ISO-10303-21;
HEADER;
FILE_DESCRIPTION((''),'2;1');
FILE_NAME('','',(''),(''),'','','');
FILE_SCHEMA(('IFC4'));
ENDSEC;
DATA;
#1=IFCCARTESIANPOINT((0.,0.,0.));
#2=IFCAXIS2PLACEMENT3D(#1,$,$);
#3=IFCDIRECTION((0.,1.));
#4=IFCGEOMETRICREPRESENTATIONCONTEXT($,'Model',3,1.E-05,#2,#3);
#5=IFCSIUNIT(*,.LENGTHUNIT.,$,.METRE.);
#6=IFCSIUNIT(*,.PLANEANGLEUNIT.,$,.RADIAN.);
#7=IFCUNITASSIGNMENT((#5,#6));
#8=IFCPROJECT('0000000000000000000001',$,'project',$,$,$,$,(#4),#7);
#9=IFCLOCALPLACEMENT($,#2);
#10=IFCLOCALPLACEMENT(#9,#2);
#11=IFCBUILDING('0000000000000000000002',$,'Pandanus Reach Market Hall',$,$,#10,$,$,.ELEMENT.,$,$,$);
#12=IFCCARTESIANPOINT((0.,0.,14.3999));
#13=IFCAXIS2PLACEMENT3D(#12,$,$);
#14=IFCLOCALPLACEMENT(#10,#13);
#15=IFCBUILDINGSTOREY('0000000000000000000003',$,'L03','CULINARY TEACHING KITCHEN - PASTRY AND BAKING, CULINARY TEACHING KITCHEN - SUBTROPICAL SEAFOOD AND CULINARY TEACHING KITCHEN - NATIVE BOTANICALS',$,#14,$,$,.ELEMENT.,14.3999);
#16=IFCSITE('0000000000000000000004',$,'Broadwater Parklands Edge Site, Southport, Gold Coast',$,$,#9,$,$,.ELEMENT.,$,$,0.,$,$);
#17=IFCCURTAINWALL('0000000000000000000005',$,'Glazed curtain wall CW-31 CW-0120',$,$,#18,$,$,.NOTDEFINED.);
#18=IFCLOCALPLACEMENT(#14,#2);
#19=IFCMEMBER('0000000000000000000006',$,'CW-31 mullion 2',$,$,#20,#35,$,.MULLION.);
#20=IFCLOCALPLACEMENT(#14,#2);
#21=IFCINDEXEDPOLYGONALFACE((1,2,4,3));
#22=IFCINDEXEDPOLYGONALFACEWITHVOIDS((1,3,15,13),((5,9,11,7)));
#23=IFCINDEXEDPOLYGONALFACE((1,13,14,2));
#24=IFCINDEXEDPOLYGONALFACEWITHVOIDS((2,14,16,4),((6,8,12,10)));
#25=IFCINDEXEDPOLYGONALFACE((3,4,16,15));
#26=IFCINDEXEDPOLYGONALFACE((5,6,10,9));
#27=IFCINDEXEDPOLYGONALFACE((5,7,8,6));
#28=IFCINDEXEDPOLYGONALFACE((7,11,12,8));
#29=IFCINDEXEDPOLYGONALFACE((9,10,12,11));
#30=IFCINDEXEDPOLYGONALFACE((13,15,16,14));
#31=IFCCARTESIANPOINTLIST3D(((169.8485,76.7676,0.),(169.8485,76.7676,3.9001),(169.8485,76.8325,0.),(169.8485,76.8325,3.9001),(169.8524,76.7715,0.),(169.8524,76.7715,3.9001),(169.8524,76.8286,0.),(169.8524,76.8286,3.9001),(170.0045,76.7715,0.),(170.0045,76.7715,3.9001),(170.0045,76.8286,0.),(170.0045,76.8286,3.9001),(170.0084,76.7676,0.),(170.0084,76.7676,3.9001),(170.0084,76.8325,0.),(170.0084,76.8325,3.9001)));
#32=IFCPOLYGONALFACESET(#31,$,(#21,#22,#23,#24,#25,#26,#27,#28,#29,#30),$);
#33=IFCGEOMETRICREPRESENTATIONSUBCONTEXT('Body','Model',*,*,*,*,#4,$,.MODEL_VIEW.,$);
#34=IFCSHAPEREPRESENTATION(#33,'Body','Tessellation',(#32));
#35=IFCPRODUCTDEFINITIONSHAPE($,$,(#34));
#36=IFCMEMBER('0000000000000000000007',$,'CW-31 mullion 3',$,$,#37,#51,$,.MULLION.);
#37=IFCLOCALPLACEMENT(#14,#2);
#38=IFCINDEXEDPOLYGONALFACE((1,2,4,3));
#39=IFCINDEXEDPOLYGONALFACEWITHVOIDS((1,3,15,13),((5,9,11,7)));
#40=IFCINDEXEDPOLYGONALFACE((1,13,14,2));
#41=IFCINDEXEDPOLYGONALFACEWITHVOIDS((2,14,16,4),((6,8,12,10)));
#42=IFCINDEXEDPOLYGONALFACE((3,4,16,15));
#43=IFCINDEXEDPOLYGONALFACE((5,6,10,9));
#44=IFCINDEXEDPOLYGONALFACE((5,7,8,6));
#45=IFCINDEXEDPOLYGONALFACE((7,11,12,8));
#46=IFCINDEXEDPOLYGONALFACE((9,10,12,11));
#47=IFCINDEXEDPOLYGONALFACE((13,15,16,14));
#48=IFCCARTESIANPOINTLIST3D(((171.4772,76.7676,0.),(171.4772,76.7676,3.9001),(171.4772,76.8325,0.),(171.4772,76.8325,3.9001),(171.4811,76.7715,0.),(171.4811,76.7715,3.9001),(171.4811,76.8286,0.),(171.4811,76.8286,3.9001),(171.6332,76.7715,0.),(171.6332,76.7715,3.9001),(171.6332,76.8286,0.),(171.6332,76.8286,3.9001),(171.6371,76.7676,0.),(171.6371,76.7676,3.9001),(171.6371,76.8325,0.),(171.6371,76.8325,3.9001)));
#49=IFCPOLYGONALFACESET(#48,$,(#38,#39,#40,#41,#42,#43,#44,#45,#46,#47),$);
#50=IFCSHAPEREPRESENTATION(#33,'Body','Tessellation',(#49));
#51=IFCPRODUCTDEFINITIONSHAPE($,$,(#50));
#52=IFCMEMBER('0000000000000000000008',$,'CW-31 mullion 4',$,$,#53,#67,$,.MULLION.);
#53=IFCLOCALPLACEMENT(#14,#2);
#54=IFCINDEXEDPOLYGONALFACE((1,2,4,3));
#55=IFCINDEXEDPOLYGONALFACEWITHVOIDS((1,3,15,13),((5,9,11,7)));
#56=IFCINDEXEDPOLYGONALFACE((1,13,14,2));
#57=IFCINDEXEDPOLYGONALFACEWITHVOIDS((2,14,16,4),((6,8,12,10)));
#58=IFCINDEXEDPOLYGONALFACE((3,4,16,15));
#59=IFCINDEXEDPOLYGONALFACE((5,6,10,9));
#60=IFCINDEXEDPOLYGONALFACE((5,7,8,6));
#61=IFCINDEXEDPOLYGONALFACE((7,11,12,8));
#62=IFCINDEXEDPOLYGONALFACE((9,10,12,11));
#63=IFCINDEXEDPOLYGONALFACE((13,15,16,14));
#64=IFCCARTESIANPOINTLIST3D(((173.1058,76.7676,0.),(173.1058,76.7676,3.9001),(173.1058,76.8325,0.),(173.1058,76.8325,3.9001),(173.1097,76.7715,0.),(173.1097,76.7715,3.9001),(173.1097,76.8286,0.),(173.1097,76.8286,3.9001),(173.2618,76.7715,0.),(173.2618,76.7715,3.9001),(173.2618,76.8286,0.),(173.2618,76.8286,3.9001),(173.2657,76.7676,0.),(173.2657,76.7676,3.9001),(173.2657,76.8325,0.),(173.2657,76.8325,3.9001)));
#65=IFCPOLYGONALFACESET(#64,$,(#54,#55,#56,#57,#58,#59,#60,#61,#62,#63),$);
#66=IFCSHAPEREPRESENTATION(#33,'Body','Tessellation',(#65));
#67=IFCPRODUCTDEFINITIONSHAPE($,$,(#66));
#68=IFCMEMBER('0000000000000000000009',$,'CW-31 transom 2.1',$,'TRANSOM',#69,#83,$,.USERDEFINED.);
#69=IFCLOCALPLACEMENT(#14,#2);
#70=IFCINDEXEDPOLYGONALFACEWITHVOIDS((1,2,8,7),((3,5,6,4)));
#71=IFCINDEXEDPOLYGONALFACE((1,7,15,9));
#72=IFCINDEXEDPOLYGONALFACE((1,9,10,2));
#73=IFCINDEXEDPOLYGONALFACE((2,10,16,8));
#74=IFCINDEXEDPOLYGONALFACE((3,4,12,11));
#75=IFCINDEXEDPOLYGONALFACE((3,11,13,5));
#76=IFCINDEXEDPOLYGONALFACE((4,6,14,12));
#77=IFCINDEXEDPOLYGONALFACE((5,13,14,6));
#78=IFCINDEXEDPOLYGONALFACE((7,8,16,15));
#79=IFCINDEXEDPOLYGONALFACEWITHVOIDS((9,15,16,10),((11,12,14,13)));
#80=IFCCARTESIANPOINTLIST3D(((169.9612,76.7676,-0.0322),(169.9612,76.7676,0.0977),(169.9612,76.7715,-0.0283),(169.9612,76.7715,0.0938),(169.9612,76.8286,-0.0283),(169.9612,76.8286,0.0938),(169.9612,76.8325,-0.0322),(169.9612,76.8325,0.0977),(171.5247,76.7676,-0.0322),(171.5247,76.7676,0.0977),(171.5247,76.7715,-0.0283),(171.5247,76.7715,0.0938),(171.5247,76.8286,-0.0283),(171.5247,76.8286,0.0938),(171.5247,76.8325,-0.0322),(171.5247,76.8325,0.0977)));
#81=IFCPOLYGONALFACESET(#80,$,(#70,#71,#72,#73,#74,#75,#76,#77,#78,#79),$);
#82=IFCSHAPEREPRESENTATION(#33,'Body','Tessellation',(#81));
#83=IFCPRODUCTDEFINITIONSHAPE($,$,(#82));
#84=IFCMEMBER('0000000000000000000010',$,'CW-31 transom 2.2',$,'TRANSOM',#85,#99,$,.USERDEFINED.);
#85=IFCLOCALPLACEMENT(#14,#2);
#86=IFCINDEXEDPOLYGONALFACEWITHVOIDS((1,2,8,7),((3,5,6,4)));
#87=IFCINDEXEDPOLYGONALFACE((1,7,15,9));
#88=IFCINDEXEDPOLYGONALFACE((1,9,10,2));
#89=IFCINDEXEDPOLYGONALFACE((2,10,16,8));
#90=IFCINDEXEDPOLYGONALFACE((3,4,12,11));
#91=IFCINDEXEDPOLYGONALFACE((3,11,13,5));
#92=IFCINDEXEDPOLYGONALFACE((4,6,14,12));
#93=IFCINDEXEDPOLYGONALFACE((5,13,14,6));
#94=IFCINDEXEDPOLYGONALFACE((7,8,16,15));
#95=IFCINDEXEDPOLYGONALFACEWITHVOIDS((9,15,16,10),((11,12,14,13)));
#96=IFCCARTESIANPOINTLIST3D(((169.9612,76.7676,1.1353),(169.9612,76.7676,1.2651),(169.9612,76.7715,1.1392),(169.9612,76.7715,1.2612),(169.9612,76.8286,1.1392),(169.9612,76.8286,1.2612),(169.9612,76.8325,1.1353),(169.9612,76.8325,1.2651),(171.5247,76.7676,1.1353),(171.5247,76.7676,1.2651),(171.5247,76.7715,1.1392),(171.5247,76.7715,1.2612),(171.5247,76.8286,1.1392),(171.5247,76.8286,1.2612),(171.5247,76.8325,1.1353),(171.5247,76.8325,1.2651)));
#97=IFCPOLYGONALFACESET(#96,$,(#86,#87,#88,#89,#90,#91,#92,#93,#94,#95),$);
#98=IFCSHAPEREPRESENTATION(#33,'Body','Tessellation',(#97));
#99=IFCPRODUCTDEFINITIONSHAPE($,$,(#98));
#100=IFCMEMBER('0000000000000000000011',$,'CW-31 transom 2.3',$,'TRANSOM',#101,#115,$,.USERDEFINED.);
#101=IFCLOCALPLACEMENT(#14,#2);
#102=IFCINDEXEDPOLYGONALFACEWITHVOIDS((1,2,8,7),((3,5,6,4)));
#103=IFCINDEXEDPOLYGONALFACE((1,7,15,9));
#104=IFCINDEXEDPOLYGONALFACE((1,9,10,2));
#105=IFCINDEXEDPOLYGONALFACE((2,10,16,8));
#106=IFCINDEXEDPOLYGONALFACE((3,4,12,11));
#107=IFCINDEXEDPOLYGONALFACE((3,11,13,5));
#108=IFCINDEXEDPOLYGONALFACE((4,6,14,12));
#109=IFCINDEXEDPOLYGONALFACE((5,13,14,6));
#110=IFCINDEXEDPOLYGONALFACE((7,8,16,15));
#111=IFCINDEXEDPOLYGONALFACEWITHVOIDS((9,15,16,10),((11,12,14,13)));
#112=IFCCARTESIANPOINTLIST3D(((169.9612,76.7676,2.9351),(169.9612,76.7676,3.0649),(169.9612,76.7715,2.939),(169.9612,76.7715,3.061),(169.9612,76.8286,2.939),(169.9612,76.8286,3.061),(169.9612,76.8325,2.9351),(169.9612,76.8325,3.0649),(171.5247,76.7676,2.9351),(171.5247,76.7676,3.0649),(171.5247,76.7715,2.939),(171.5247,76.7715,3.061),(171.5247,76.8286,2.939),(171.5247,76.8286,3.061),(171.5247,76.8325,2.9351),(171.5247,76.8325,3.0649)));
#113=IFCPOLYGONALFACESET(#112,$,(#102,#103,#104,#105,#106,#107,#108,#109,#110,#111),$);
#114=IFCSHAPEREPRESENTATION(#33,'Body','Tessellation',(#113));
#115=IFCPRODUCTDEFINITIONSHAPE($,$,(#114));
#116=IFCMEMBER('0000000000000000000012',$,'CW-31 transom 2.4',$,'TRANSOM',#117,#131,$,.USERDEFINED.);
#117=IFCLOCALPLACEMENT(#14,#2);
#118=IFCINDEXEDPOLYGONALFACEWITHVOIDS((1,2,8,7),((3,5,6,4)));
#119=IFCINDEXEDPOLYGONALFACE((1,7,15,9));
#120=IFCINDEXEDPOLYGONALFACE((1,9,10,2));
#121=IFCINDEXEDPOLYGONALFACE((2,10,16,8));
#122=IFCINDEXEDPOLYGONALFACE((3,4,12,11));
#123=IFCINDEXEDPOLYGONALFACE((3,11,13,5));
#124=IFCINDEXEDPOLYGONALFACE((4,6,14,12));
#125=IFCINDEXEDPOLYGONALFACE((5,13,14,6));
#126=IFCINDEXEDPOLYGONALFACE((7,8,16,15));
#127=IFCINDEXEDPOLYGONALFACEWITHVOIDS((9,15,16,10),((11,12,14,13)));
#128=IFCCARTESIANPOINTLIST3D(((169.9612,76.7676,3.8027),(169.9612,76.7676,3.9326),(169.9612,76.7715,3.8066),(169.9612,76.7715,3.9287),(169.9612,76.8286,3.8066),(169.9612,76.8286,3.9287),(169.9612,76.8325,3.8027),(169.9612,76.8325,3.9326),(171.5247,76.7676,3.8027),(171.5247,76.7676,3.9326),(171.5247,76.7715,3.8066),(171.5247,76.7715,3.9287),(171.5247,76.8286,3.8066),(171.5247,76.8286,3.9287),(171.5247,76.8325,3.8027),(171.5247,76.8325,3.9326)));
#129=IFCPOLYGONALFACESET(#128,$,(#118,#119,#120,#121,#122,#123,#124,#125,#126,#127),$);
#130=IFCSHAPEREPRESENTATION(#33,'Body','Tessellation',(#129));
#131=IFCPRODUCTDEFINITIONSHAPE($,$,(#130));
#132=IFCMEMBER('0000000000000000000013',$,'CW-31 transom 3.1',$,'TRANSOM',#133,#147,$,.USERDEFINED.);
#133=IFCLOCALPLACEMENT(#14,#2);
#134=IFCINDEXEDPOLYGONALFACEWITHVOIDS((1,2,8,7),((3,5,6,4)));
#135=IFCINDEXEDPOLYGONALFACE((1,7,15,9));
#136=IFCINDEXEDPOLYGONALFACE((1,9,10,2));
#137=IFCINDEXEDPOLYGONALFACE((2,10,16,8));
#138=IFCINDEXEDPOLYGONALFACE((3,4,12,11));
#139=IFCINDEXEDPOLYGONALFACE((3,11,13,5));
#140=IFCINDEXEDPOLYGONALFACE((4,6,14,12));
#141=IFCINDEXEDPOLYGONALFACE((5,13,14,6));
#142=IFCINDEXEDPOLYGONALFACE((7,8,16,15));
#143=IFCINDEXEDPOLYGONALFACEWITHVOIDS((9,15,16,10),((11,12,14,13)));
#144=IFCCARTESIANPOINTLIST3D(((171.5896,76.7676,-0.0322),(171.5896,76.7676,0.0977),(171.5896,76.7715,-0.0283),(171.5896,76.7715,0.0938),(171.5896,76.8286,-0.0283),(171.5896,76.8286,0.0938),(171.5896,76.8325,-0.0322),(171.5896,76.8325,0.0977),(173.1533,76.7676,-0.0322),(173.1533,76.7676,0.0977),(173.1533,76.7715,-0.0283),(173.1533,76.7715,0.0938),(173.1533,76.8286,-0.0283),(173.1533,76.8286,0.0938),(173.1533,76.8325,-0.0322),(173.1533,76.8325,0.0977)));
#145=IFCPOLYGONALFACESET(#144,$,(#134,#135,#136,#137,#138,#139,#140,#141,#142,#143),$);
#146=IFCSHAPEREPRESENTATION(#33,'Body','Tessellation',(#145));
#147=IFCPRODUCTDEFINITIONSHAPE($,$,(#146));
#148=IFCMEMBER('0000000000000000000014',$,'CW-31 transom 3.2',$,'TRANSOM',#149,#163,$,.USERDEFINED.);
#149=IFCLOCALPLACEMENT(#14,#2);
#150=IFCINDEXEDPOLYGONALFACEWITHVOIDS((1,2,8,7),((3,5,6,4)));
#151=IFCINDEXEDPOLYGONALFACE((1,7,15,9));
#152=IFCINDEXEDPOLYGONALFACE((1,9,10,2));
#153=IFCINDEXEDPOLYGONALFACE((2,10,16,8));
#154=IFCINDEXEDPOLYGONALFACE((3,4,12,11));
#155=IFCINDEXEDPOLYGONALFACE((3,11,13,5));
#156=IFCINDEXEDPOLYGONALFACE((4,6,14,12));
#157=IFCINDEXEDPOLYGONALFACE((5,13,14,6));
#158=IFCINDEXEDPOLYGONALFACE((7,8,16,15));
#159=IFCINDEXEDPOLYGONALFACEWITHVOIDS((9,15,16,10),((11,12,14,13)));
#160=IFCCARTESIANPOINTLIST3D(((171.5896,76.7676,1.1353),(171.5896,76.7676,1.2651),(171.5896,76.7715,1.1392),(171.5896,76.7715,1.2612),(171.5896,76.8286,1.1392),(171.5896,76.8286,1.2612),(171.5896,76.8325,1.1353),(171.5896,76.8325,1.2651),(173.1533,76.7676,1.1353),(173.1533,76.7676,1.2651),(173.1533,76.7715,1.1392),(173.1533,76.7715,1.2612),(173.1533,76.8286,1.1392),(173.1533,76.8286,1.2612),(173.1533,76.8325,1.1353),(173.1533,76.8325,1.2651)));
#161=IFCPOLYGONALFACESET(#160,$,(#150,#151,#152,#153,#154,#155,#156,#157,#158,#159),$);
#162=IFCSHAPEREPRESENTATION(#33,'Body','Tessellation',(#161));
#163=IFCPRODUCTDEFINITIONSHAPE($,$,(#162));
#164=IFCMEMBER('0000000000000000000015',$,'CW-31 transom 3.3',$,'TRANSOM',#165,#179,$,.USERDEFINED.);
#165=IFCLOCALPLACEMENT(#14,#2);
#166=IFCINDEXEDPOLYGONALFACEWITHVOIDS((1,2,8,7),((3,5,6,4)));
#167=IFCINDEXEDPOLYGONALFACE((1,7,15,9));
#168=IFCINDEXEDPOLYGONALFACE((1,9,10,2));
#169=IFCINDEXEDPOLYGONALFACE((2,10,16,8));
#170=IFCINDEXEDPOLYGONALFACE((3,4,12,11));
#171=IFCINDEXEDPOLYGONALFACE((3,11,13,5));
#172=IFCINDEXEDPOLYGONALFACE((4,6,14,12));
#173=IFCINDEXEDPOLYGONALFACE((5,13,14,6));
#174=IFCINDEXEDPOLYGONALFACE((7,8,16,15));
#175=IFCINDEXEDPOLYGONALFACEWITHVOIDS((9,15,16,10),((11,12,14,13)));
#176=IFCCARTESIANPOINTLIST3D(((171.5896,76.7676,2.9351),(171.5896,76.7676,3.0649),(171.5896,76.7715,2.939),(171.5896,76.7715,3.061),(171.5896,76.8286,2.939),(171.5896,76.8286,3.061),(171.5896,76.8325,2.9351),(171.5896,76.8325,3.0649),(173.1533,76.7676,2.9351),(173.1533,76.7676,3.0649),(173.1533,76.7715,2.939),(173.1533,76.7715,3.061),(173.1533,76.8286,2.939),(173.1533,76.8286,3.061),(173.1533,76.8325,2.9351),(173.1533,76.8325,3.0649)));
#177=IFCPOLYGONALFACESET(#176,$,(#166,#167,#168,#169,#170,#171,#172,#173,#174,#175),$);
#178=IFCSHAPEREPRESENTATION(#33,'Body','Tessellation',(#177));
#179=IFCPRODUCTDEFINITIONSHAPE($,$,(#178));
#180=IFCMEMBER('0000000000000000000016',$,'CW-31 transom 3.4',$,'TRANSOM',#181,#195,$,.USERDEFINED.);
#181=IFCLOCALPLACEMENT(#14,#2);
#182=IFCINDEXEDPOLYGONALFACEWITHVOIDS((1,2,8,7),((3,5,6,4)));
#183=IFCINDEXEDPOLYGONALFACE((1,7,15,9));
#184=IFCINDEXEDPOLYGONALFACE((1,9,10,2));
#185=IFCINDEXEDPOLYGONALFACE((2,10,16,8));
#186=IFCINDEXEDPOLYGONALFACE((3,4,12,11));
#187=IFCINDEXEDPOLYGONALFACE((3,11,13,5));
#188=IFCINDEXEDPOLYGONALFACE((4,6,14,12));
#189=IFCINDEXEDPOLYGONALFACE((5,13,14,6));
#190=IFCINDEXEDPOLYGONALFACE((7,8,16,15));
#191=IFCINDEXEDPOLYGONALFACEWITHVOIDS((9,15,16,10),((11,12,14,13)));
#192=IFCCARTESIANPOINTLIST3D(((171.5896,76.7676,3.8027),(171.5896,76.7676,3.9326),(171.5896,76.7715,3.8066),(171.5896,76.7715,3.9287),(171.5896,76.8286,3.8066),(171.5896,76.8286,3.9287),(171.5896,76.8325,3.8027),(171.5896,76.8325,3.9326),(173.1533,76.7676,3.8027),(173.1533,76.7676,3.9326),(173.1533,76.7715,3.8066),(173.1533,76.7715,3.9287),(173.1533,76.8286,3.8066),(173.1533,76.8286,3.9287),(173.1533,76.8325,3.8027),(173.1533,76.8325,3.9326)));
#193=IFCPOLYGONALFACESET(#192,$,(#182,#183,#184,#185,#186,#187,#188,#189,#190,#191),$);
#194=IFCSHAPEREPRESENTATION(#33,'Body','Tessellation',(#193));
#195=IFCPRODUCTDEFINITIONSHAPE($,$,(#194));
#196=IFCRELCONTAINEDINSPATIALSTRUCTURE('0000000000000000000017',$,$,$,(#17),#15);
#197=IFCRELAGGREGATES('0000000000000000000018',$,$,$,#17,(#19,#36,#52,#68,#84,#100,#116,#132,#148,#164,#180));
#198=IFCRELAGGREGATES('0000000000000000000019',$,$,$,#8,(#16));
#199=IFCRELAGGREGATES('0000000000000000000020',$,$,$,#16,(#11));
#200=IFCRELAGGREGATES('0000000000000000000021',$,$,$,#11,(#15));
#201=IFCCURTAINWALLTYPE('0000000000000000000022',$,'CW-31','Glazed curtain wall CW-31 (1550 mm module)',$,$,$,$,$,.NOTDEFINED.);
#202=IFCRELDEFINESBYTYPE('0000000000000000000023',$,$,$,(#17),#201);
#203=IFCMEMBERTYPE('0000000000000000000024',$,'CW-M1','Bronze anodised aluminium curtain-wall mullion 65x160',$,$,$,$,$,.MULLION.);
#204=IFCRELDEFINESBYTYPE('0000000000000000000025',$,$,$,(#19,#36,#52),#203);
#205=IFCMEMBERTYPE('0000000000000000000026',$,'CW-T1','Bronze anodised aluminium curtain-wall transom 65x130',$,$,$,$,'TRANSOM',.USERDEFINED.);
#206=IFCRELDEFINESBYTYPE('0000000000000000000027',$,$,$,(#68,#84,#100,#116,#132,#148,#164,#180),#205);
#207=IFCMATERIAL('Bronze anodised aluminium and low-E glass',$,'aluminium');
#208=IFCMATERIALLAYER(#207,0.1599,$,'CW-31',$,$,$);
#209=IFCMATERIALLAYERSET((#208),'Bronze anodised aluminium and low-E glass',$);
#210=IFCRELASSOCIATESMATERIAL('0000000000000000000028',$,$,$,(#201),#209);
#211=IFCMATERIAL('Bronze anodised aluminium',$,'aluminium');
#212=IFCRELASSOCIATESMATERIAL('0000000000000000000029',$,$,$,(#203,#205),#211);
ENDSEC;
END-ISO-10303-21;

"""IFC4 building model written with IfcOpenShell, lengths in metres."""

from ifc_helpers import new_model, si_unit, direction, frame, origin, origin_2d, place, context, subcontext, project, spatial, hollow_rectangle, extrude, material, layer, layer_set, material_profile, profile_set, type_object, element, aggregate, save


model = new_model("IFC4")

# Units and contexts
model_context = context("Model", 3, precision=1e-05, world=origin(), true_north=direction((0.0, 1.0)))
body_context = subcontext(model_context, "Body", "Model", "MODEL_VIEW")
ifc_project = project(units=[si_unit("LENGTHUNIT", "METRE"), si_unit("PLANEANGLEUNIT", "RADIAN")], contexts=[model_context])

# Site, building, storey
site_placement = place(None, origin())
site = spatial("IfcSite", under=ifc_project, at=site_placement, Name="Broadwater Parklands Edge Site, Southport, Gold Coast", CompositionType="ELEMENT", RefElevation=0.0)
building_placement = place(site_placement, origin())
building = spatial("IfcBuilding", under=site, at=building_placement, Name="Pandanus Reach Market Hall", CompositionType="ELEMENT")
storey_placement = place(building_placement, frame((0.0, 0.0, 14.3999)))
storey = spatial("IfcBuildingStorey", under=building, at=storey_placement, Name="L03", Description="CULINARY TEACHING KITCHEN - PASTRY AND BAKING, CULINARY TEACHING KITCHEN - SUBTROPICAL SEAFOOD AND CULINARY TEACHING KITCHEN - NATIVE BOTANICALS", CompositionType="ELEMENT", Elevation=14.3999)

# Curtain wall, members
ifc_material_1 = material(Name="Bronze anodised aluminium and low-E glass", Category="aluminium")
ifc_layer_1 = layer(ifc_material_1, 0.1599, Name="CW-31")
ifc_layer_set_1 = layer_set([ifc_layer_1], Name="Bronze anodised aluminium and low-E glass")
curtain_wall_type = type_object("IfcCurtainWallType", Name="CW-31", Description="Glazed curtain wall CW-31 (1550 mm module)", PredefinedType="NOTDEFINED", material=ifc_layer_set_1)
curtain_wall_placement = place(storey_placement, origin())
curtain_wall = element("IfcCurtainWall", 1, at=curtain_wall_placement, inside=storey, type_object=curtain_wall_type, Name="Glazed curtain wall CW-31 CW-0120", PredefinedType="NOTDEFINED")
ifc_material_2 = material(Name="Bronze anodised aluminium", Category="aluminium")
ifc_material_profile_1 = material_profile(ifc_material_2, hollow_rectangle(XDim=0.0649, YDim=0.1599, WallThickness=0.0039, at=origin_2d()), Name="ALU65x160", Category="LoadBearing")
ifc_profile_set_1 = profile_set([ifc_material_profile_1], Name="Bronze anodised aluminium")
member_type_1 = type_object("IfcMemberType", Name="CW-M1", Description="Bronze anodised aluminium curtain-wall mullion 65x160", PredefinedType="MULLION", material=ifc_profile_set_1)
member_1_placement = place(storey_placement, frame((169.9285, 76.8, 0.0), z_axis=(0.0, 0.0, 1.0), x_axis=(0.0, 1.0, 0.0)))
member_1 = element("IfcMember", 2, at=member_1_placement, type_object=member_type_1, Name="CW-31 mullion 2", PredefinedType="MULLION", context=body_context, shape_type="SweptSolid", body=[
    extrude(hollow_rectangle(XDim=0.0649, YDim=0.1599, WallThickness=0.0039, at=origin_2d()), origin(), (0.0, 0.0, 1.0), 3.9001),
])
member_2_placement = place(storey_placement, frame((171.5571, 76.8, 0.0), z_axis=(0.0, 0.0, 1.0), x_axis=(0.0, 1.0, 0.0)))
member_2 = element("IfcMember", 3, at=member_2_placement, type_object=member_type_1, Name="CW-31 mullion 3", PredefinedType="MULLION", context=body_context, shape_type="SweptSolid", body=[
    extrude(hollow_rectangle(XDim=0.0649, YDim=0.1599, WallThickness=0.0039, at=origin_2d()), origin(), (0.0, 0.0, 1.0), 3.9001),
])
member_3_placement = place(storey_placement, frame((173.1858, 76.8, 0.0), z_axis=(0.0, 0.0, 1.0), x_axis=(0.0, 1.0, 0.0)))
member_3 = element("IfcMember", 4, at=member_3_placement, type_object=member_type_1, Name="CW-31 mullion 4", PredefinedType="MULLION", context=body_context, shape_type="SweptSolid", body=[
    extrude(hollow_rectangle(XDim=0.0649, YDim=0.1599, WallThickness=0.0039, at=origin_2d()), origin(), (0.0, 0.0, 1.0), 3.9001),
])
ifc_material_profile_2 = material_profile(ifc_material_2, hollow_rectangle(XDim=0.0649, YDim=0.1299, WallThickness=0.0039, at=origin_2d()), Name="ALU65x130", Category="LoadBearing")
ifc_profile_set_2 = profile_set([ifc_material_profile_2], Name="Bronze anodised aluminium")
member_type_2 = type_object("IfcMemberType", Name="CW-T1", Description="Bronze anodised aluminium curtain-wall transom 65x130", ElementType="TRANSOM", PredefinedType="USERDEFINED", material=ifc_profile_set_2)
member_4_placement = place(storey_placement, frame((169.9612, 76.8, 0.0327), z_axis=(1.0, 0.0, 0.0), x_axis=(0.0, 1.0, 0.0)))
member_4 = element("IfcMember", 5, at=member_4_placement, type_object=member_type_2, Name="CW-31 transom 2.1", ObjectType="TRANSOM", PredefinedType="USERDEFINED", context=body_context, shape_type="SweptSolid", body=[
    extrude(hollow_rectangle(XDim=0.0649, YDim=0.1299, WallThickness=0.0039, at=origin_2d()), origin(), (0.0, 0.0, 1.0), 1.5635),
])
member_5_placement = place(storey_placement, frame((169.9612, 76.8, 1.2002), z_axis=(1.0, 0.0, 0.0), x_axis=(0.0, 1.0, 0.0)))
member_5 = element("IfcMember", 6, at=member_5_placement, type_object=member_type_2, Name="CW-31 transom 2.2", ObjectType="TRANSOM", PredefinedType="USERDEFINED", context=body_context, shape_type="SweptSolid", body=[
    extrude(hollow_rectangle(XDim=0.0649, YDim=0.1299, WallThickness=0.0039, at=origin_2d()), origin(), (0.0, 0.0, 1.0), 1.5635),
])
member_6_placement = place(storey_placement, frame((169.9612, 76.8, 3.0), z_axis=(1.0, 0.0, 0.0), x_axis=(0.0, 1.0, 0.0)))
member_6 = element("IfcMember", 7, at=member_6_placement, type_object=member_type_2, Name="CW-31 transom 2.3", ObjectType="TRANSOM", PredefinedType="USERDEFINED", context=body_context, shape_type="SweptSolid", body=[
    extrude(hollow_rectangle(XDim=0.0649, YDim=0.1299, WallThickness=0.0039, at=origin_2d()), origin(), (0.0, 0.0, 1.0), 1.5635),
])
member_7_placement = place(storey_placement, frame((169.9612, 76.8, 3.8677), z_axis=(1.0, 0.0, 0.0), x_axis=(0.0, 1.0, 0.0)))
member_7 = element("IfcMember", 8, at=member_7_placement, type_object=member_type_2, Name="CW-31 transom 2.4", ObjectType="TRANSOM", PredefinedType="USERDEFINED", context=body_context, shape_type="SweptSolid", body=[
    extrude(hollow_rectangle(XDim=0.0649, YDim=0.1299, WallThickness=0.0039, at=origin_2d()), origin(), (0.0, 0.0, 1.0), 1.5635),
])
member_8_placement = place(storey_placement, frame((171.5896, 76.8, 0.0327), z_axis=(1.0, 0.0, 0.0), x_axis=(0.0, 1.0, 0.0)))
member_8 = element("IfcMember", 9, at=member_8_placement, type_object=member_type_2, Name="CW-31 transom 3.1", ObjectType="TRANSOM", PredefinedType="USERDEFINED", context=body_context, shape_type="SweptSolid", body=[
    extrude(hollow_rectangle(XDim=0.0649, YDim=0.1299, WallThickness=0.0039, at=origin_2d()), origin(), (0.0, 0.0, 1.0), 1.5637),
])
member_9_placement = place(storey_placement, frame((171.5896, 76.8, 1.2002), z_axis=(1.0, 0.0, 0.0), x_axis=(0.0, 1.0, 0.0)))
member_9 = element("IfcMember", 10, at=member_9_placement, type_object=member_type_2, Name="CW-31 transom 3.2", ObjectType="TRANSOM", PredefinedType="USERDEFINED", context=body_context, shape_type="SweptSolid", body=[
    extrude(hollow_rectangle(XDim=0.0649, YDim=0.1299, WallThickness=0.0039, at=origin_2d()), origin(), (0.0, 0.0, 1.0), 1.5637),
])
member_10_placement = place(storey_placement, frame((171.5896, 76.8, 3.0), z_axis=(1.0, 0.0, 0.0), x_axis=(0.0, 1.0, 0.0)))
member_10 = element("IfcMember", 11, at=member_10_placement, type_object=member_type_2, Name="CW-31 transom 3.3", ObjectType="TRANSOM", PredefinedType="USERDEFINED", context=body_context, shape_type="SweptSolid", body=[
    extrude(hollow_rectangle(XDim=0.0649, YDim=0.1299, WallThickness=0.0039, at=origin_2d()), origin(), (0.0, 0.0, 1.0), 1.5637),
])
member_11_placement = place(storey_placement, frame((171.5896, 76.8, 3.8677), z_axis=(1.0, 0.0, 0.0), x_axis=(0.0, 1.0, 0.0)))
member_11 = element("IfcMember", 12, at=member_11_placement, type_object=member_type_2, Name="CW-31 transom 3.4", ObjectType="TRANSOM", PredefinedType="USERDEFINED", context=body_context, shape_type="SweptSolid", body=[
    extrude(hollow_rectangle(XDim=0.0649, YDim=0.1299, WallThickness=0.0039, at=origin_2d()), origin(), (0.0, 0.0, 1.0), 1.5637),
])
aggregate(curtain_wall, [member_1, member_2, member_3, member_4, member_5, member_6, member_7, member_8, member_9, member_10, member_11])

save(model, "model.ifc")
